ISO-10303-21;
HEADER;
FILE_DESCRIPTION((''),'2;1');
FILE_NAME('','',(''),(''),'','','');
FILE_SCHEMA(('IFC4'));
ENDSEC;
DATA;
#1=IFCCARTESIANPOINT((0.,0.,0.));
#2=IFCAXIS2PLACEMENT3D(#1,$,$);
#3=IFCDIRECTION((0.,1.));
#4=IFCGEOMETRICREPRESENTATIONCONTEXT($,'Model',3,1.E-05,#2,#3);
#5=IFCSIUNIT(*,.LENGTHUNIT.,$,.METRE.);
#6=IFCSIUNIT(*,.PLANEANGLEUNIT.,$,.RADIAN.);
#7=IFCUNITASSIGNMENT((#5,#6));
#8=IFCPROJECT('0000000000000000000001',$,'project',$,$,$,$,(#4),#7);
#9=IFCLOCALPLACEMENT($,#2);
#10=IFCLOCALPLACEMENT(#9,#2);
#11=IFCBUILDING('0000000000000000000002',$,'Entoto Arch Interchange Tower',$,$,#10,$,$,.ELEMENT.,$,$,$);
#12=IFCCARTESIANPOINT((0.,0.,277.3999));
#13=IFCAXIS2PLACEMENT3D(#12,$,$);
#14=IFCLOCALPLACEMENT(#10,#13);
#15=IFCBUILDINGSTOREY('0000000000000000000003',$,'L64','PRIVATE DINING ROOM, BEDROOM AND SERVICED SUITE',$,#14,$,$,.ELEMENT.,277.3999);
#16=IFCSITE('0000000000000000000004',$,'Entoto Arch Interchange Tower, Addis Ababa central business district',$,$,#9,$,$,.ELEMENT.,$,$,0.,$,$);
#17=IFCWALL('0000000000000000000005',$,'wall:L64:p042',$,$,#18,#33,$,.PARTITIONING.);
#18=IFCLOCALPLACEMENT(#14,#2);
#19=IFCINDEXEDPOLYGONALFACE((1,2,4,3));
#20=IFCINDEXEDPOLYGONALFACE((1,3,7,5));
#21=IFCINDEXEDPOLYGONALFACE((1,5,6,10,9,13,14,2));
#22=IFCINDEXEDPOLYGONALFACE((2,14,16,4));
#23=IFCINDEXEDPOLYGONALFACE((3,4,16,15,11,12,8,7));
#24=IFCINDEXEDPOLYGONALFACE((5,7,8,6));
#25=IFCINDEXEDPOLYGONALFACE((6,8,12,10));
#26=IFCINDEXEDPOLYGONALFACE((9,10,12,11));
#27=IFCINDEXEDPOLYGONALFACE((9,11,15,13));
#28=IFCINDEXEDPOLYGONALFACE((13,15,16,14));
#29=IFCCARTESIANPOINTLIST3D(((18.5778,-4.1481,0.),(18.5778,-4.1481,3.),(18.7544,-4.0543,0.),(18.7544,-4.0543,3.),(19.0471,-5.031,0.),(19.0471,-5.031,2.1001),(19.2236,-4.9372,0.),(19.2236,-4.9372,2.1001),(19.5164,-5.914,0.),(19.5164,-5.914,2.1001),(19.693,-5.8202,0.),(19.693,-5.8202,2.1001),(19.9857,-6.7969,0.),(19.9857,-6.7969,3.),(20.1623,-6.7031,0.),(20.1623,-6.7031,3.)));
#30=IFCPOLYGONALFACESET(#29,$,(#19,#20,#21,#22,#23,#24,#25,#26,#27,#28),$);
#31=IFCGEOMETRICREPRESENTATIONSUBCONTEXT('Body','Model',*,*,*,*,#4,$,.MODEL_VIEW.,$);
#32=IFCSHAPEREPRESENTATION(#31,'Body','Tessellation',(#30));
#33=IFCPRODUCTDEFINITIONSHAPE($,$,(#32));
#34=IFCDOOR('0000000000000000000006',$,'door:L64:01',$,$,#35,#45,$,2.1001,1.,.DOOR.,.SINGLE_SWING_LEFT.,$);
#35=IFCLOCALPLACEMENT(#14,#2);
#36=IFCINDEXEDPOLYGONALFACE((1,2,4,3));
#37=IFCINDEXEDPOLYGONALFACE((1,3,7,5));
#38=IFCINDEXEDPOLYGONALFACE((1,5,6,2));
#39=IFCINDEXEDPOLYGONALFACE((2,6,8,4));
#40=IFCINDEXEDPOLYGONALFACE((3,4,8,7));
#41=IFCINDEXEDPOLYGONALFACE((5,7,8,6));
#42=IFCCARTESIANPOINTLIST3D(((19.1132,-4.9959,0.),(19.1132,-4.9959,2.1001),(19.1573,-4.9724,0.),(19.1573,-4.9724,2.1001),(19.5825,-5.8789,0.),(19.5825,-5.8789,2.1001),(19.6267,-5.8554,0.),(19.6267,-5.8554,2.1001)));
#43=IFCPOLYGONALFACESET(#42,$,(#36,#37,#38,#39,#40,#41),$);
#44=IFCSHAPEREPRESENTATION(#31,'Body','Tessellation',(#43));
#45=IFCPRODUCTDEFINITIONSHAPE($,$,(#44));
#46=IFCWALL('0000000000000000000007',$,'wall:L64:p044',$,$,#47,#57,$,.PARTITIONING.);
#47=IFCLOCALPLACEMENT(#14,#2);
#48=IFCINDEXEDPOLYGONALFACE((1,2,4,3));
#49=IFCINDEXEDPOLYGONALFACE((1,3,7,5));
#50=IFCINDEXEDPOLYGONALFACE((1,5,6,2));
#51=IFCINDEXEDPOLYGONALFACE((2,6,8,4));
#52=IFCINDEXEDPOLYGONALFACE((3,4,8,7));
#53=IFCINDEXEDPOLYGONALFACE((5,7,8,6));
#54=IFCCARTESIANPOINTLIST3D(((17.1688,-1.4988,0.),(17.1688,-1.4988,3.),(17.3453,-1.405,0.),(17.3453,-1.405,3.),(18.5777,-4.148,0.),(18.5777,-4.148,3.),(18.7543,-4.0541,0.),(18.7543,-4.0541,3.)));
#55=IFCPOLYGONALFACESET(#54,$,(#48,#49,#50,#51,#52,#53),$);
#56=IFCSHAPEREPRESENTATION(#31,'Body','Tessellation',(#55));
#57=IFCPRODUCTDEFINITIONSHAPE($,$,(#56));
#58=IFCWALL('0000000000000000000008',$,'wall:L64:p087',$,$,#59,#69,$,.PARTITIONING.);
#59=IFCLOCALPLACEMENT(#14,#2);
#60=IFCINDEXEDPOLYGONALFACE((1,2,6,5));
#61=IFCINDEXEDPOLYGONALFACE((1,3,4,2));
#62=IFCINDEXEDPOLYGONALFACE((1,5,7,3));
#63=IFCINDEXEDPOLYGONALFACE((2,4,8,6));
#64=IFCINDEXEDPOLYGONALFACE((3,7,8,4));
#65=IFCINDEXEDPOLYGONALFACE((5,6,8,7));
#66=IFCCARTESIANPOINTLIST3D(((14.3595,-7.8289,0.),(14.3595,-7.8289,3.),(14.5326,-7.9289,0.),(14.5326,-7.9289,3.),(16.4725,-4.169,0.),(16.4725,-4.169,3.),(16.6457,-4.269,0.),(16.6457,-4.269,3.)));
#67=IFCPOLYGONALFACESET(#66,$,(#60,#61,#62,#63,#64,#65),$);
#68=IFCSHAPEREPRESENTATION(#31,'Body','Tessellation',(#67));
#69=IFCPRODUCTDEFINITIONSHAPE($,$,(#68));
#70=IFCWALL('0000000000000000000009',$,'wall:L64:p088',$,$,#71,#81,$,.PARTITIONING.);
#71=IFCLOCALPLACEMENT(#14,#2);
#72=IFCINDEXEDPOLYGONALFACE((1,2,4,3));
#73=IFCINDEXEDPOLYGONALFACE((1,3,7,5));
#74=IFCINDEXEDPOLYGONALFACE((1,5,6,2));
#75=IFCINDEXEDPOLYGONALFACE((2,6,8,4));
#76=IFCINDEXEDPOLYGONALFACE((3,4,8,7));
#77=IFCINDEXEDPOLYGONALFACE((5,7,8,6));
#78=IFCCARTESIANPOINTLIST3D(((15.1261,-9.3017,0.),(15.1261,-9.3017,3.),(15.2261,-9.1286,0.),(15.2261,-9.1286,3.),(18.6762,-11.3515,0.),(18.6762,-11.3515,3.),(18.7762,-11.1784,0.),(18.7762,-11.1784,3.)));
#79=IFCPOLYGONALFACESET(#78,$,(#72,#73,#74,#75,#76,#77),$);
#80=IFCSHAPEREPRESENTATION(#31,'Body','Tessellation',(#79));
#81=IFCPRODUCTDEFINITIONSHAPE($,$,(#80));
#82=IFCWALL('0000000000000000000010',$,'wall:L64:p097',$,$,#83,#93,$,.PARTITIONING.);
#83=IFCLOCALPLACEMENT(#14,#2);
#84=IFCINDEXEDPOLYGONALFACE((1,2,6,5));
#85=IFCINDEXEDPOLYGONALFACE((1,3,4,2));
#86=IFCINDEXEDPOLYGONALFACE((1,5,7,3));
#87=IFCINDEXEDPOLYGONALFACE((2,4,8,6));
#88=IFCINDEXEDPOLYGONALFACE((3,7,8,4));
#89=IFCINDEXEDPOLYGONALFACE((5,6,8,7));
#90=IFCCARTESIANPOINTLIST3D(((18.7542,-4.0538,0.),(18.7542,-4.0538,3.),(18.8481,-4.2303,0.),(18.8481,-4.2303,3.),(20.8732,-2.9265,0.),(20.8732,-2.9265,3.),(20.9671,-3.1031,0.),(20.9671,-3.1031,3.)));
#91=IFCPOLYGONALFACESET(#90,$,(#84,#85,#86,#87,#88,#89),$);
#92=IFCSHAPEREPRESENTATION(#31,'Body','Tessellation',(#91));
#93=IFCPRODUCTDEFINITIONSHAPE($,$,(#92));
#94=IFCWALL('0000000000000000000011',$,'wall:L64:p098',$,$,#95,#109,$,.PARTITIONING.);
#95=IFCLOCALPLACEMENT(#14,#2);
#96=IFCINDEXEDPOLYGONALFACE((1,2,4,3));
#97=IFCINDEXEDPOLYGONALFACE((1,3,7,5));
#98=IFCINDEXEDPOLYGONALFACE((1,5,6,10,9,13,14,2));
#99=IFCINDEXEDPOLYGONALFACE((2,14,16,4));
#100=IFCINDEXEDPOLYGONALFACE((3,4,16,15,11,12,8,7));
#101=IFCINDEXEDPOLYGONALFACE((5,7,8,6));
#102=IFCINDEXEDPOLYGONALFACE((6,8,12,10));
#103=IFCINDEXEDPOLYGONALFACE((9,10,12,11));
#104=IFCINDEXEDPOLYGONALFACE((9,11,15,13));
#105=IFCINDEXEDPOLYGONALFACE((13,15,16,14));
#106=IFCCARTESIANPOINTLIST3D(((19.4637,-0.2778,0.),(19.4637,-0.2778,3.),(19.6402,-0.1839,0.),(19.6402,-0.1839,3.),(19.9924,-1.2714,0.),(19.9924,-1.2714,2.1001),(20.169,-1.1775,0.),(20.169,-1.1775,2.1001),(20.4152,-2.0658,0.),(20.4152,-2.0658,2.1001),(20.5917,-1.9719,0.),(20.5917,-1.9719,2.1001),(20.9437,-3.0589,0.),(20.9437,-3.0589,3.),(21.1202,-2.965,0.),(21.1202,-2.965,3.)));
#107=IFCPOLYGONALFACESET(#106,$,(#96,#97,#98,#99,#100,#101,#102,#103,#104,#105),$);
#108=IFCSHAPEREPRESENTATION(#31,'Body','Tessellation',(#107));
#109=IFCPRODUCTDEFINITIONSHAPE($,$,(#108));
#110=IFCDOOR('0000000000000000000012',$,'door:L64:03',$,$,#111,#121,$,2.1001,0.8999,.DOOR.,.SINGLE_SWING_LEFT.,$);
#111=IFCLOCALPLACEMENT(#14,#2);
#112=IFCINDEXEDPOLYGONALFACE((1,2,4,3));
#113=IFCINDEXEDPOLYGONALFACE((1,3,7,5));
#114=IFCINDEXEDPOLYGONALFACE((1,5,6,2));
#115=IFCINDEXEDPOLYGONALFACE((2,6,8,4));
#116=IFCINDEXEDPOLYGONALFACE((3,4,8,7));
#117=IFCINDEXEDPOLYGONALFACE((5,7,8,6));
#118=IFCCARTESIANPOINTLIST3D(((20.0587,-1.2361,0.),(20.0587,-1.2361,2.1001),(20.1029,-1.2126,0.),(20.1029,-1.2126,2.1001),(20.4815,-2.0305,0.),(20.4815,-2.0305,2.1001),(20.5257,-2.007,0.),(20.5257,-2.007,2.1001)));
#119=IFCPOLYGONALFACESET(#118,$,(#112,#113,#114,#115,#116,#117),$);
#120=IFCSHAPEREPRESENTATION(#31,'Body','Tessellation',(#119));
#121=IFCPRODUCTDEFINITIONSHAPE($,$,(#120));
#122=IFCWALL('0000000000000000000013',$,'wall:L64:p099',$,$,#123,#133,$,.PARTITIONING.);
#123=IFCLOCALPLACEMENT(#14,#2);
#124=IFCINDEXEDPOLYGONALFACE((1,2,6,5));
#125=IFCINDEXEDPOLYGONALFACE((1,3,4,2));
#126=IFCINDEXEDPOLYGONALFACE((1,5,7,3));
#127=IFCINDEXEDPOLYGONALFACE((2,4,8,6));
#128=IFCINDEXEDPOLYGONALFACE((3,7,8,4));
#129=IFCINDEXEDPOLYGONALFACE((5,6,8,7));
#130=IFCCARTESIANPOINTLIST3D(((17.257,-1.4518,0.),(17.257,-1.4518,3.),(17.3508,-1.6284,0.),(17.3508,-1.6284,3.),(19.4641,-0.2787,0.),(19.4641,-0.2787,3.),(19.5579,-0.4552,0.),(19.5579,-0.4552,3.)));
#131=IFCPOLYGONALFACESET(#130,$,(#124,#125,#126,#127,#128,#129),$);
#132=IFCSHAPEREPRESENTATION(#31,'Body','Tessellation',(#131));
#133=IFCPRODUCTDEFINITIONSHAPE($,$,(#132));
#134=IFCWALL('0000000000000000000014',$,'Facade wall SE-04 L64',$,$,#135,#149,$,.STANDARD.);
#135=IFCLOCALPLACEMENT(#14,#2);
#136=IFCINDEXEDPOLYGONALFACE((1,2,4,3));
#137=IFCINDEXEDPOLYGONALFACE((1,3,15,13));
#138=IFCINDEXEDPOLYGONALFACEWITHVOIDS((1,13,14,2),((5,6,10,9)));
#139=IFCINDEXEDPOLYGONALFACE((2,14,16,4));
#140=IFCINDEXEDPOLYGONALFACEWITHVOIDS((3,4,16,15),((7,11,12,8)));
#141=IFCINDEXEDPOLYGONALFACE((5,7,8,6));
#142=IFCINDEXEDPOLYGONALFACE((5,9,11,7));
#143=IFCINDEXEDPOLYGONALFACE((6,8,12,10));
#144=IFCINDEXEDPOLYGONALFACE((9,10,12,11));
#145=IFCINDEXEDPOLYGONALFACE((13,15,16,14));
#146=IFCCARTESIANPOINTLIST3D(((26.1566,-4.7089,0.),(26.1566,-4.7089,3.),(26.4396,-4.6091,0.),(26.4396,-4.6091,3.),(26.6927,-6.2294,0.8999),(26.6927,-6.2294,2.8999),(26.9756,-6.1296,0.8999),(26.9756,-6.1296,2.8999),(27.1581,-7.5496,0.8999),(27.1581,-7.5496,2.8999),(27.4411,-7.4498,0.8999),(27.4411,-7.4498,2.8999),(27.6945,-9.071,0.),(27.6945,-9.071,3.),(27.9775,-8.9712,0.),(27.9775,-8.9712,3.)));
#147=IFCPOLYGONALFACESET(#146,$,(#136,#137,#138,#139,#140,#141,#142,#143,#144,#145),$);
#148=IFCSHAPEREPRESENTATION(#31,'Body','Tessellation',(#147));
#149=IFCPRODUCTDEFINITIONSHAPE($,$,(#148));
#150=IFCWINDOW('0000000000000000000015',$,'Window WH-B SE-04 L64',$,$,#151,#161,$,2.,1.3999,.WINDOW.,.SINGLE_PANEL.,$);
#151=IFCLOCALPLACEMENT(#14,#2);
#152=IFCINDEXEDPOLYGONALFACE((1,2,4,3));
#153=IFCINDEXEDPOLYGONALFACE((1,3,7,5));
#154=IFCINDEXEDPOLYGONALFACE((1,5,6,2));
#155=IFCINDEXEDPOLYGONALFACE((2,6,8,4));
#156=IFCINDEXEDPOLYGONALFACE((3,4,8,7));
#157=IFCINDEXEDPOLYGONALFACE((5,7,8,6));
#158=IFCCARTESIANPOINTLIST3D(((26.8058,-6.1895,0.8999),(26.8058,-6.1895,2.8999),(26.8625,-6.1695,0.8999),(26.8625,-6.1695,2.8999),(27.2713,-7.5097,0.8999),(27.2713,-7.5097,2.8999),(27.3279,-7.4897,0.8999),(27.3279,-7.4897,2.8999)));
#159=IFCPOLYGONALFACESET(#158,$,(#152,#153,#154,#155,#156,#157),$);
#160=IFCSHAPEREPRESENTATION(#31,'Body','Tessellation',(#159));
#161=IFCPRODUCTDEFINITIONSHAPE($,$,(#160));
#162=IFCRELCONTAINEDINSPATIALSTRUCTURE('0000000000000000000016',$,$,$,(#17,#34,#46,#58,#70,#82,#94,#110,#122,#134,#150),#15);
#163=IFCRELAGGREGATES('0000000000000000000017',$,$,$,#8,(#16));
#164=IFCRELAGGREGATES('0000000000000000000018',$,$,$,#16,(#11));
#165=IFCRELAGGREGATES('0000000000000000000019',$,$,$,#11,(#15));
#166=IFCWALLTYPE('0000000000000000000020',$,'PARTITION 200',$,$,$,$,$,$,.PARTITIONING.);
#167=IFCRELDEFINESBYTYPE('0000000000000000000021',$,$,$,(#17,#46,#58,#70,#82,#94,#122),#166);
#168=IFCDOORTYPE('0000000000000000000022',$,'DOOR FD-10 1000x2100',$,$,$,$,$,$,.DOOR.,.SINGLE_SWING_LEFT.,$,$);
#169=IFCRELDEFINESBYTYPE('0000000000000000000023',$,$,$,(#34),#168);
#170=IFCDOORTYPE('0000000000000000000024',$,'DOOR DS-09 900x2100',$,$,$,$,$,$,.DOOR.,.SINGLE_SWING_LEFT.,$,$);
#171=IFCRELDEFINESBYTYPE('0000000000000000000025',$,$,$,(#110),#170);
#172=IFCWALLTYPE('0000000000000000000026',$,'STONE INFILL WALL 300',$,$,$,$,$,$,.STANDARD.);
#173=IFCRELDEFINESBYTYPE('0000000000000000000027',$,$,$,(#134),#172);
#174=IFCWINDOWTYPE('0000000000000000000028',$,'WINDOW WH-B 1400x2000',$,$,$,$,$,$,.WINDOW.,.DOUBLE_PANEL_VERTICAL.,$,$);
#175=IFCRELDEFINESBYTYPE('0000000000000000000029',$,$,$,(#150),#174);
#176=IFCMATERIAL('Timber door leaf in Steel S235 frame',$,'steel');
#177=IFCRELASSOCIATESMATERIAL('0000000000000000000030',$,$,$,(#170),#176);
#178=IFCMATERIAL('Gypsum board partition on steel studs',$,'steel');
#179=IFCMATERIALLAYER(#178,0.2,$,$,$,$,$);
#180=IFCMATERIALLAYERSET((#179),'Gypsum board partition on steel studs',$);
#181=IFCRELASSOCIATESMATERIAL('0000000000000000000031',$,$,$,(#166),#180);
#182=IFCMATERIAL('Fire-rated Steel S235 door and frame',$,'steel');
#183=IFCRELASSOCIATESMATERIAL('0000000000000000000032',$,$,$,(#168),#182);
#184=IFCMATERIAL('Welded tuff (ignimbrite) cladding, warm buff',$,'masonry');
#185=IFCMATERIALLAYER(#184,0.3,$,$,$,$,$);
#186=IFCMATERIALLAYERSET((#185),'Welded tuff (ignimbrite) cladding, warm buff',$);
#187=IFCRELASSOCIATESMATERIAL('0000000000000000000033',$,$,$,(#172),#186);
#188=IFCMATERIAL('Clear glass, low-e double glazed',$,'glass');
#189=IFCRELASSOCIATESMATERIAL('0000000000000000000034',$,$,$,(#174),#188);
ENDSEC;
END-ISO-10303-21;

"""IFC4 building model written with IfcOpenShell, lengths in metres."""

from ifc_helpers import new_model, si_unit, direction, frame, frame_2d, origin, place, context, subcontext, project, spatial, rectangle, extrude, material, layer, layer_set, type_object, element, fill, save


model = new_model("IFC4")

# Units and contexts
model_context = context("Model", 3, precision=1e-05, world=origin(), true_north=direction((0.0, 1.0)))
body_context = subcontext(model_context, "Body", "Model", "MODEL_VIEW")
ifc_project = project(units=[si_unit("LENGTHUNIT", "METRE"), si_unit("PLANEANGLEUNIT", "RADIAN")], contexts=[model_context])

# Site, building, storey
site_placement = place(None, origin())
site = spatial("IfcSite", under=ifc_project, at=site_placement, Name="Entoto Arch Interchange Tower, Addis Ababa central business district", CompositionType="ELEMENT", RefElevation=0.0)
building_placement = place(site_placement, origin())
building = spatial("IfcBuilding", under=site, at=building_placement, Name="Entoto Arch Interchange Tower", CompositionType="ELEMENT")
storey_placement = place(building_placement, frame((0.0, 0.0, 277.3999)))
storey = spatial("IfcBuildingStorey", under=building, at=storey_placement, Name="L64", Description="PRIVATE DINING ROOM, BEDROOM AND SERVICED SUITE", CompositionType="ELEMENT", Elevation=277.3999)

# Shared definitions
ifc_material_1 = material(Name="Gypsum board partition on steel studs", Category="steel")
ifc_material_2 = material(Name="Timber door leaf in Steel S235 frame", Category="steel")
door_type_1 = type_object("IfcDoorType", Name="DOOR DS-09 900x2100", OperationType="SINGLE_SWING_LEFT", PredefinedType="DOOR", material=ifc_material_2)

# Shared definitions
ifc_layer_1 = layer(ifc_material_1, 0.2)
ifc_layer_set_1 = layer_set([ifc_layer_1], Name="Gypsum board partition on steel studs")
wall_type_1 = type_object("IfcWallType", Name="PARTITION 200", PredefinedType="PARTITIONING", material=ifc_layer_set_1)

# Wall, opening, door
wall_1_placement = place(storey_placement, frame((18.666, -4.1011, 0.0), z_axis=(0.0, 0.0, 1.0), x_axis=(0.469342, -0.883017, 0.0)))
wall_1 = element("IfcWall", 1, at=wall_1_placement, inside=storey, type_object=wall_type_1, Name="wall:L64:p042", PredefinedType="PARTITIONING", context=body_context, shape_type="SweptSolid", body=[
    extrude(rectangle(XDim=2.9998, YDim=0.2, at=frame_2d((1.5, 0.0))), origin(), (0.0, 0.0, 1.0), 3.0),
])
opening_1_placement = place(wall_1_placement, frame((1.0, 0.0, 0.0)))
opening_1 = element("IfcOpeningElement", 2, at=opening_1_placement, cuts=wall_1, PredefinedType="OPENING", context=body_context, shape_type="SweptSolid", body=[
    extrude(rectangle(XDim=1.0, YDim=2.1001, at=frame_2d((0.5, 1.05))), frame((0.0, 0.1099, 0.0), z_axis=(0.0, -1.0, 0.0), x_axis=(1.0, 0.0, 0.0)), (0.0, 0.0, 1.0), 0.22),
])
ifc_material_3 = material(Name="Fire-rated Steel S235 door and frame", Category="steel")
door_type_2 = type_object("IfcDoorType", Name="DOOR FD-10 1000x2100", OperationType="SINGLE_SWING_LEFT", PredefinedType="DOOR", material=ifc_material_3)
door_1_placement = place(opening_1_placement, origin())
door_1 = element("IfcDoor", 3, at=door_1_placement, inside=storey, type_object=door_type_2, Name="door:L64:01", OperationType="SINGLE_SWING_LEFT", OverallHeight=2.1001, OverallWidth=1.0, PredefinedType="DOOR", context=body_context, shape_type="SweptSolid", body=[
    extrude(rectangle(XDim=1.0, YDim=2.1001, at=frame_2d((0.5, 1.05))), frame((0.0, 0.0249, 0.0), z_axis=(0.0, -1.0, 0.0), x_axis=(1.0, 0.0, 0.0)), (0.0, 0.0, 1.0), 0.05),
])
fill(opening_1, door_1)

# Walls
wall_2_placement = place(storey_placement, frame((17.2571, -1.4519, 0.0), z_axis=(0.0, 0.0, 1.0), x_axis=(0.469562, -0.8829, 0.0)))
element("IfcWall", 4, at=wall_2_placement, inside=storey, type_object=wall_type_1, Name="wall:L64:p044", PredefinedType="PARTITIONING", context=body_context, shape_type="SweptSolid", body=[
    extrude(rectangle(XDim=3.0005, YDim=0.2, at=frame_2d((1.5002, 0.0))), origin(), (0.0, 0.0, 1.0), 3.0),
])
wall_3_placement = place(storey_placement, frame((16.5591, -4.219, 0.0), z_axis=(0.0, 0.0, 1.0), x_axis=(-0.499997, -0.866027, 0.0)))
element("IfcWall", 5, at=wall_3_placement, inside=storey, type_object=wall_type_1, Name="wall:L64:p087", PredefinedType="PARTITIONING", context=body_context, shape_type="SweptSolid", body=[
    extrude(rectangle(XDim=4.2261, YDim=0.2, at=frame_2d((2.113, 0.0))), origin(), (0.0, 0.0, 1.0), 3.0),
])
wall_4_placement = place(storey_placement, frame((15.176, -9.2151, 0.0), z_axis=(0.0, 0.0, 1.0), x_axis=(0.866006, -0.500033, 0.0)))
element("IfcWall", 6, at=wall_4_placement, inside=storey, type_object=wall_type_1, Name="wall:L64:p088", PredefinedType="PARTITIONING", context=body_context, shape_type="SweptSolid", body=[
    extrude(rectangle(XDim=4.0994, YDim=0.2, at=frame_2d((2.0498, 0.0))), origin(), (0.0, 0.0, 1.0), 3.0),
])
wall_5_placement = place(storey_placement, frame((18.801, -4.1421, 0.0), z_axis=(0.0, 0.0, 1.0), x_axis=(0.882851, 0.469653, 0.0)))
element("IfcWall", 7, at=wall_5_placement, inside=storey, type_object=wall_type_1, Name="wall:L64:p097", PredefinedType="PARTITIONING", context=body_context, shape_type="SweptSolid", body=[
    extrude(rectangle(XDim=2.4001, YDim=0.2, at=frame_2d((1.2002, 0.0))), origin(), (0.0, 0.0, 1.0), 3.0),
])

# Wall, opening, door
wall_6_placement = place(storey_placement, frame((21.032, -3.012, 0.0), z_axis=(0.0, 0.0, 1.0), x_axis=(-0.469792, 0.882777, 0.0)))
wall_6 = element("IfcWall", 8, at=wall_6_placement, inside=storey, type_object=wall_type_1, Name="wall:L64:p098", PredefinedType="PARTITIONING", context=body_context, shape_type="SweptSolid", body=[
    extrude(rectangle(XDim=3.1504, YDim=0.2, at=frame_2d((1.5752, 0.0))), origin(), (0.0, 0.0, 1.0), 3.0),
])
opening_2_placement = place(wall_6_placement, frame((1.125, 0.0, 0.0)))
opening_2 = element("IfcOpeningElement", 9, at=opening_2_placement, cuts=wall_6, PredefinedType="OPENING", context=body_context, shape_type="SweptSolid", body=[
    extrude(rectangle(XDim=0.8999, YDim=2.1001, at=frame_2d((0.45, 1.05))), frame((0.0, 0.1099, 0.0), z_axis=(0.0, -1.0, 0.0), x_axis=(1.0, 0.0, 0.0)), (0.0, 0.0, 1.0), 0.22),
])
door_2_placement = place(opening_2_placement, origin())
door_2 = element("IfcDoor", 10, at=door_2_placement, inside=storey, type_object=door_type_1, Name="door:L64:03", OperationType="SINGLE_SWING_LEFT", OverallHeight=2.1001, OverallWidth=0.8999, PredefinedType="DOOR", context=body_context, shape_type="SweptSolid", body=[
    extrude(rectangle(XDim=0.8999, YDim=2.1001, at=frame_2d((0.45, 1.05))), frame((0.0, 0.0249, 0.0), z_axis=(0.0, -1.0, 0.0), x_axis=(1.0, 0.0, 0.0)), (0.0, 0.0, 1.0), 0.05),
])
fill(opening_2, door_2)

# Wall
wall_7_placement = place(storey_placement, frame((19.511, -0.3669, 0.0), z_axis=(0.0, 0.0, 1.0), x_axis=(-0.883015, -0.469346, 0.0)))
element("IfcWall", 11, at=wall_7_placement, inside=storey, type_object=wall_type_1, Name="wall:L64:p099", PredefinedType="PARTITIONING", context=body_context, shape_type="SweptSolid", body=[
    extrude(rectangle(XDim=2.4995, YDim=0.2, at=frame_2d((1.2498, 0.0))), origin(), (0.0, 0.0, 1.0), 3.0),
])

# Wall, opening, window
ifc_material_4 = material(Name="Welded tuff (ignimbrite) cladding, warm buff", Category="masonry")
ifc_layer_2 = layer(ifc_material_4, 0.3)
ifc_layer_set_2 = layer_set([ifc_layer_2], Name="Welded tuff (ignimbrite) cladding, warm buff")
wall_type_2 = type_object("IfcWallType", Name="STONE INFILL WALL 300", PredefinedType="STANDARD", material=ifc_layer_set_2)
wall_8_placement = place(storey_placement, frame((27.8359, -9.021, 0.0), z_axis=(0.0, 0.0, 1.0), x_axis=(-0.332492, 0.943106, 0.0)))
wall_8 = element("IfcWall", 12, at=wall_8_placement, inside=storey, type_object=wall_type_2, Name="Facade wall SE-04 L64", PredefinedType="STANDARD", context=body_context, shape_type="SweptSolid", body=[
    extrude(rectangle(XDim=4.6252, YDim=0.3, at=frame_2d((2.3125, 0.0))), origin(), (0.0, 0.0, 1.0), 3.0),
])
opening_3_placement = place(wall_8_placement, frame((1.613, 0.0, 0.8999)))
opening_3 = element("IfcOpeningElement", 13, at=opening_3_placement, cuts=wall_8, PredefinedType="OPENING", context=body_context, shape_type="SweptSolid", body=[
    extrude(rectangle(XDim=1.3999, YDim=2.0, at=frame_2d((0.7, 1.0))), frame((0.0, 0.1602, 0.0), z_axis=(0.0, -1.0, 0.0), x_axis=(1.0, 0.0, 0.0)), (0.0, 0.0, 1.0), 0.3201),
])
ifc_material_5 = material(Name="Clear glass, low-e double glazed", Category="glass")
window_type_1 = type_object("IfcWindowType", Name="WINDOW WH-B 1400x2000", PartitioningType="DOUBLE_PANEL_VERTICAL", PredefinedType="WINDOW", material=ifc_material_5)
window_1_placement = place(opening_3_placement, origin())
window_1 = element("IfcWindow", 14, at=window_1_placement, inside=storey, type_object=window_type_1, Name="Window WH-B SE-04 L64", OverallHeight=2.0, OverallWidth=1.3999, PartitioningType="SINGLE_PANEL", PredefinedType="WINDOW", context=body_context, shape_type="SweptSolid", body=[
    extrude(rectangle(XDim=1.3999, YDim=2.0, at=frame_2d((0.7, 1.0))), frame((0.0, 0.03, 0.0), z_axis=(0.0, -1.0, 0.0), x_axis=(1.0, 0.0, 0.0)), (0.0, 0.0, 1.0), 0.0601),
])
fill(opening_3, window_1)

save(model, "model.ifc")
